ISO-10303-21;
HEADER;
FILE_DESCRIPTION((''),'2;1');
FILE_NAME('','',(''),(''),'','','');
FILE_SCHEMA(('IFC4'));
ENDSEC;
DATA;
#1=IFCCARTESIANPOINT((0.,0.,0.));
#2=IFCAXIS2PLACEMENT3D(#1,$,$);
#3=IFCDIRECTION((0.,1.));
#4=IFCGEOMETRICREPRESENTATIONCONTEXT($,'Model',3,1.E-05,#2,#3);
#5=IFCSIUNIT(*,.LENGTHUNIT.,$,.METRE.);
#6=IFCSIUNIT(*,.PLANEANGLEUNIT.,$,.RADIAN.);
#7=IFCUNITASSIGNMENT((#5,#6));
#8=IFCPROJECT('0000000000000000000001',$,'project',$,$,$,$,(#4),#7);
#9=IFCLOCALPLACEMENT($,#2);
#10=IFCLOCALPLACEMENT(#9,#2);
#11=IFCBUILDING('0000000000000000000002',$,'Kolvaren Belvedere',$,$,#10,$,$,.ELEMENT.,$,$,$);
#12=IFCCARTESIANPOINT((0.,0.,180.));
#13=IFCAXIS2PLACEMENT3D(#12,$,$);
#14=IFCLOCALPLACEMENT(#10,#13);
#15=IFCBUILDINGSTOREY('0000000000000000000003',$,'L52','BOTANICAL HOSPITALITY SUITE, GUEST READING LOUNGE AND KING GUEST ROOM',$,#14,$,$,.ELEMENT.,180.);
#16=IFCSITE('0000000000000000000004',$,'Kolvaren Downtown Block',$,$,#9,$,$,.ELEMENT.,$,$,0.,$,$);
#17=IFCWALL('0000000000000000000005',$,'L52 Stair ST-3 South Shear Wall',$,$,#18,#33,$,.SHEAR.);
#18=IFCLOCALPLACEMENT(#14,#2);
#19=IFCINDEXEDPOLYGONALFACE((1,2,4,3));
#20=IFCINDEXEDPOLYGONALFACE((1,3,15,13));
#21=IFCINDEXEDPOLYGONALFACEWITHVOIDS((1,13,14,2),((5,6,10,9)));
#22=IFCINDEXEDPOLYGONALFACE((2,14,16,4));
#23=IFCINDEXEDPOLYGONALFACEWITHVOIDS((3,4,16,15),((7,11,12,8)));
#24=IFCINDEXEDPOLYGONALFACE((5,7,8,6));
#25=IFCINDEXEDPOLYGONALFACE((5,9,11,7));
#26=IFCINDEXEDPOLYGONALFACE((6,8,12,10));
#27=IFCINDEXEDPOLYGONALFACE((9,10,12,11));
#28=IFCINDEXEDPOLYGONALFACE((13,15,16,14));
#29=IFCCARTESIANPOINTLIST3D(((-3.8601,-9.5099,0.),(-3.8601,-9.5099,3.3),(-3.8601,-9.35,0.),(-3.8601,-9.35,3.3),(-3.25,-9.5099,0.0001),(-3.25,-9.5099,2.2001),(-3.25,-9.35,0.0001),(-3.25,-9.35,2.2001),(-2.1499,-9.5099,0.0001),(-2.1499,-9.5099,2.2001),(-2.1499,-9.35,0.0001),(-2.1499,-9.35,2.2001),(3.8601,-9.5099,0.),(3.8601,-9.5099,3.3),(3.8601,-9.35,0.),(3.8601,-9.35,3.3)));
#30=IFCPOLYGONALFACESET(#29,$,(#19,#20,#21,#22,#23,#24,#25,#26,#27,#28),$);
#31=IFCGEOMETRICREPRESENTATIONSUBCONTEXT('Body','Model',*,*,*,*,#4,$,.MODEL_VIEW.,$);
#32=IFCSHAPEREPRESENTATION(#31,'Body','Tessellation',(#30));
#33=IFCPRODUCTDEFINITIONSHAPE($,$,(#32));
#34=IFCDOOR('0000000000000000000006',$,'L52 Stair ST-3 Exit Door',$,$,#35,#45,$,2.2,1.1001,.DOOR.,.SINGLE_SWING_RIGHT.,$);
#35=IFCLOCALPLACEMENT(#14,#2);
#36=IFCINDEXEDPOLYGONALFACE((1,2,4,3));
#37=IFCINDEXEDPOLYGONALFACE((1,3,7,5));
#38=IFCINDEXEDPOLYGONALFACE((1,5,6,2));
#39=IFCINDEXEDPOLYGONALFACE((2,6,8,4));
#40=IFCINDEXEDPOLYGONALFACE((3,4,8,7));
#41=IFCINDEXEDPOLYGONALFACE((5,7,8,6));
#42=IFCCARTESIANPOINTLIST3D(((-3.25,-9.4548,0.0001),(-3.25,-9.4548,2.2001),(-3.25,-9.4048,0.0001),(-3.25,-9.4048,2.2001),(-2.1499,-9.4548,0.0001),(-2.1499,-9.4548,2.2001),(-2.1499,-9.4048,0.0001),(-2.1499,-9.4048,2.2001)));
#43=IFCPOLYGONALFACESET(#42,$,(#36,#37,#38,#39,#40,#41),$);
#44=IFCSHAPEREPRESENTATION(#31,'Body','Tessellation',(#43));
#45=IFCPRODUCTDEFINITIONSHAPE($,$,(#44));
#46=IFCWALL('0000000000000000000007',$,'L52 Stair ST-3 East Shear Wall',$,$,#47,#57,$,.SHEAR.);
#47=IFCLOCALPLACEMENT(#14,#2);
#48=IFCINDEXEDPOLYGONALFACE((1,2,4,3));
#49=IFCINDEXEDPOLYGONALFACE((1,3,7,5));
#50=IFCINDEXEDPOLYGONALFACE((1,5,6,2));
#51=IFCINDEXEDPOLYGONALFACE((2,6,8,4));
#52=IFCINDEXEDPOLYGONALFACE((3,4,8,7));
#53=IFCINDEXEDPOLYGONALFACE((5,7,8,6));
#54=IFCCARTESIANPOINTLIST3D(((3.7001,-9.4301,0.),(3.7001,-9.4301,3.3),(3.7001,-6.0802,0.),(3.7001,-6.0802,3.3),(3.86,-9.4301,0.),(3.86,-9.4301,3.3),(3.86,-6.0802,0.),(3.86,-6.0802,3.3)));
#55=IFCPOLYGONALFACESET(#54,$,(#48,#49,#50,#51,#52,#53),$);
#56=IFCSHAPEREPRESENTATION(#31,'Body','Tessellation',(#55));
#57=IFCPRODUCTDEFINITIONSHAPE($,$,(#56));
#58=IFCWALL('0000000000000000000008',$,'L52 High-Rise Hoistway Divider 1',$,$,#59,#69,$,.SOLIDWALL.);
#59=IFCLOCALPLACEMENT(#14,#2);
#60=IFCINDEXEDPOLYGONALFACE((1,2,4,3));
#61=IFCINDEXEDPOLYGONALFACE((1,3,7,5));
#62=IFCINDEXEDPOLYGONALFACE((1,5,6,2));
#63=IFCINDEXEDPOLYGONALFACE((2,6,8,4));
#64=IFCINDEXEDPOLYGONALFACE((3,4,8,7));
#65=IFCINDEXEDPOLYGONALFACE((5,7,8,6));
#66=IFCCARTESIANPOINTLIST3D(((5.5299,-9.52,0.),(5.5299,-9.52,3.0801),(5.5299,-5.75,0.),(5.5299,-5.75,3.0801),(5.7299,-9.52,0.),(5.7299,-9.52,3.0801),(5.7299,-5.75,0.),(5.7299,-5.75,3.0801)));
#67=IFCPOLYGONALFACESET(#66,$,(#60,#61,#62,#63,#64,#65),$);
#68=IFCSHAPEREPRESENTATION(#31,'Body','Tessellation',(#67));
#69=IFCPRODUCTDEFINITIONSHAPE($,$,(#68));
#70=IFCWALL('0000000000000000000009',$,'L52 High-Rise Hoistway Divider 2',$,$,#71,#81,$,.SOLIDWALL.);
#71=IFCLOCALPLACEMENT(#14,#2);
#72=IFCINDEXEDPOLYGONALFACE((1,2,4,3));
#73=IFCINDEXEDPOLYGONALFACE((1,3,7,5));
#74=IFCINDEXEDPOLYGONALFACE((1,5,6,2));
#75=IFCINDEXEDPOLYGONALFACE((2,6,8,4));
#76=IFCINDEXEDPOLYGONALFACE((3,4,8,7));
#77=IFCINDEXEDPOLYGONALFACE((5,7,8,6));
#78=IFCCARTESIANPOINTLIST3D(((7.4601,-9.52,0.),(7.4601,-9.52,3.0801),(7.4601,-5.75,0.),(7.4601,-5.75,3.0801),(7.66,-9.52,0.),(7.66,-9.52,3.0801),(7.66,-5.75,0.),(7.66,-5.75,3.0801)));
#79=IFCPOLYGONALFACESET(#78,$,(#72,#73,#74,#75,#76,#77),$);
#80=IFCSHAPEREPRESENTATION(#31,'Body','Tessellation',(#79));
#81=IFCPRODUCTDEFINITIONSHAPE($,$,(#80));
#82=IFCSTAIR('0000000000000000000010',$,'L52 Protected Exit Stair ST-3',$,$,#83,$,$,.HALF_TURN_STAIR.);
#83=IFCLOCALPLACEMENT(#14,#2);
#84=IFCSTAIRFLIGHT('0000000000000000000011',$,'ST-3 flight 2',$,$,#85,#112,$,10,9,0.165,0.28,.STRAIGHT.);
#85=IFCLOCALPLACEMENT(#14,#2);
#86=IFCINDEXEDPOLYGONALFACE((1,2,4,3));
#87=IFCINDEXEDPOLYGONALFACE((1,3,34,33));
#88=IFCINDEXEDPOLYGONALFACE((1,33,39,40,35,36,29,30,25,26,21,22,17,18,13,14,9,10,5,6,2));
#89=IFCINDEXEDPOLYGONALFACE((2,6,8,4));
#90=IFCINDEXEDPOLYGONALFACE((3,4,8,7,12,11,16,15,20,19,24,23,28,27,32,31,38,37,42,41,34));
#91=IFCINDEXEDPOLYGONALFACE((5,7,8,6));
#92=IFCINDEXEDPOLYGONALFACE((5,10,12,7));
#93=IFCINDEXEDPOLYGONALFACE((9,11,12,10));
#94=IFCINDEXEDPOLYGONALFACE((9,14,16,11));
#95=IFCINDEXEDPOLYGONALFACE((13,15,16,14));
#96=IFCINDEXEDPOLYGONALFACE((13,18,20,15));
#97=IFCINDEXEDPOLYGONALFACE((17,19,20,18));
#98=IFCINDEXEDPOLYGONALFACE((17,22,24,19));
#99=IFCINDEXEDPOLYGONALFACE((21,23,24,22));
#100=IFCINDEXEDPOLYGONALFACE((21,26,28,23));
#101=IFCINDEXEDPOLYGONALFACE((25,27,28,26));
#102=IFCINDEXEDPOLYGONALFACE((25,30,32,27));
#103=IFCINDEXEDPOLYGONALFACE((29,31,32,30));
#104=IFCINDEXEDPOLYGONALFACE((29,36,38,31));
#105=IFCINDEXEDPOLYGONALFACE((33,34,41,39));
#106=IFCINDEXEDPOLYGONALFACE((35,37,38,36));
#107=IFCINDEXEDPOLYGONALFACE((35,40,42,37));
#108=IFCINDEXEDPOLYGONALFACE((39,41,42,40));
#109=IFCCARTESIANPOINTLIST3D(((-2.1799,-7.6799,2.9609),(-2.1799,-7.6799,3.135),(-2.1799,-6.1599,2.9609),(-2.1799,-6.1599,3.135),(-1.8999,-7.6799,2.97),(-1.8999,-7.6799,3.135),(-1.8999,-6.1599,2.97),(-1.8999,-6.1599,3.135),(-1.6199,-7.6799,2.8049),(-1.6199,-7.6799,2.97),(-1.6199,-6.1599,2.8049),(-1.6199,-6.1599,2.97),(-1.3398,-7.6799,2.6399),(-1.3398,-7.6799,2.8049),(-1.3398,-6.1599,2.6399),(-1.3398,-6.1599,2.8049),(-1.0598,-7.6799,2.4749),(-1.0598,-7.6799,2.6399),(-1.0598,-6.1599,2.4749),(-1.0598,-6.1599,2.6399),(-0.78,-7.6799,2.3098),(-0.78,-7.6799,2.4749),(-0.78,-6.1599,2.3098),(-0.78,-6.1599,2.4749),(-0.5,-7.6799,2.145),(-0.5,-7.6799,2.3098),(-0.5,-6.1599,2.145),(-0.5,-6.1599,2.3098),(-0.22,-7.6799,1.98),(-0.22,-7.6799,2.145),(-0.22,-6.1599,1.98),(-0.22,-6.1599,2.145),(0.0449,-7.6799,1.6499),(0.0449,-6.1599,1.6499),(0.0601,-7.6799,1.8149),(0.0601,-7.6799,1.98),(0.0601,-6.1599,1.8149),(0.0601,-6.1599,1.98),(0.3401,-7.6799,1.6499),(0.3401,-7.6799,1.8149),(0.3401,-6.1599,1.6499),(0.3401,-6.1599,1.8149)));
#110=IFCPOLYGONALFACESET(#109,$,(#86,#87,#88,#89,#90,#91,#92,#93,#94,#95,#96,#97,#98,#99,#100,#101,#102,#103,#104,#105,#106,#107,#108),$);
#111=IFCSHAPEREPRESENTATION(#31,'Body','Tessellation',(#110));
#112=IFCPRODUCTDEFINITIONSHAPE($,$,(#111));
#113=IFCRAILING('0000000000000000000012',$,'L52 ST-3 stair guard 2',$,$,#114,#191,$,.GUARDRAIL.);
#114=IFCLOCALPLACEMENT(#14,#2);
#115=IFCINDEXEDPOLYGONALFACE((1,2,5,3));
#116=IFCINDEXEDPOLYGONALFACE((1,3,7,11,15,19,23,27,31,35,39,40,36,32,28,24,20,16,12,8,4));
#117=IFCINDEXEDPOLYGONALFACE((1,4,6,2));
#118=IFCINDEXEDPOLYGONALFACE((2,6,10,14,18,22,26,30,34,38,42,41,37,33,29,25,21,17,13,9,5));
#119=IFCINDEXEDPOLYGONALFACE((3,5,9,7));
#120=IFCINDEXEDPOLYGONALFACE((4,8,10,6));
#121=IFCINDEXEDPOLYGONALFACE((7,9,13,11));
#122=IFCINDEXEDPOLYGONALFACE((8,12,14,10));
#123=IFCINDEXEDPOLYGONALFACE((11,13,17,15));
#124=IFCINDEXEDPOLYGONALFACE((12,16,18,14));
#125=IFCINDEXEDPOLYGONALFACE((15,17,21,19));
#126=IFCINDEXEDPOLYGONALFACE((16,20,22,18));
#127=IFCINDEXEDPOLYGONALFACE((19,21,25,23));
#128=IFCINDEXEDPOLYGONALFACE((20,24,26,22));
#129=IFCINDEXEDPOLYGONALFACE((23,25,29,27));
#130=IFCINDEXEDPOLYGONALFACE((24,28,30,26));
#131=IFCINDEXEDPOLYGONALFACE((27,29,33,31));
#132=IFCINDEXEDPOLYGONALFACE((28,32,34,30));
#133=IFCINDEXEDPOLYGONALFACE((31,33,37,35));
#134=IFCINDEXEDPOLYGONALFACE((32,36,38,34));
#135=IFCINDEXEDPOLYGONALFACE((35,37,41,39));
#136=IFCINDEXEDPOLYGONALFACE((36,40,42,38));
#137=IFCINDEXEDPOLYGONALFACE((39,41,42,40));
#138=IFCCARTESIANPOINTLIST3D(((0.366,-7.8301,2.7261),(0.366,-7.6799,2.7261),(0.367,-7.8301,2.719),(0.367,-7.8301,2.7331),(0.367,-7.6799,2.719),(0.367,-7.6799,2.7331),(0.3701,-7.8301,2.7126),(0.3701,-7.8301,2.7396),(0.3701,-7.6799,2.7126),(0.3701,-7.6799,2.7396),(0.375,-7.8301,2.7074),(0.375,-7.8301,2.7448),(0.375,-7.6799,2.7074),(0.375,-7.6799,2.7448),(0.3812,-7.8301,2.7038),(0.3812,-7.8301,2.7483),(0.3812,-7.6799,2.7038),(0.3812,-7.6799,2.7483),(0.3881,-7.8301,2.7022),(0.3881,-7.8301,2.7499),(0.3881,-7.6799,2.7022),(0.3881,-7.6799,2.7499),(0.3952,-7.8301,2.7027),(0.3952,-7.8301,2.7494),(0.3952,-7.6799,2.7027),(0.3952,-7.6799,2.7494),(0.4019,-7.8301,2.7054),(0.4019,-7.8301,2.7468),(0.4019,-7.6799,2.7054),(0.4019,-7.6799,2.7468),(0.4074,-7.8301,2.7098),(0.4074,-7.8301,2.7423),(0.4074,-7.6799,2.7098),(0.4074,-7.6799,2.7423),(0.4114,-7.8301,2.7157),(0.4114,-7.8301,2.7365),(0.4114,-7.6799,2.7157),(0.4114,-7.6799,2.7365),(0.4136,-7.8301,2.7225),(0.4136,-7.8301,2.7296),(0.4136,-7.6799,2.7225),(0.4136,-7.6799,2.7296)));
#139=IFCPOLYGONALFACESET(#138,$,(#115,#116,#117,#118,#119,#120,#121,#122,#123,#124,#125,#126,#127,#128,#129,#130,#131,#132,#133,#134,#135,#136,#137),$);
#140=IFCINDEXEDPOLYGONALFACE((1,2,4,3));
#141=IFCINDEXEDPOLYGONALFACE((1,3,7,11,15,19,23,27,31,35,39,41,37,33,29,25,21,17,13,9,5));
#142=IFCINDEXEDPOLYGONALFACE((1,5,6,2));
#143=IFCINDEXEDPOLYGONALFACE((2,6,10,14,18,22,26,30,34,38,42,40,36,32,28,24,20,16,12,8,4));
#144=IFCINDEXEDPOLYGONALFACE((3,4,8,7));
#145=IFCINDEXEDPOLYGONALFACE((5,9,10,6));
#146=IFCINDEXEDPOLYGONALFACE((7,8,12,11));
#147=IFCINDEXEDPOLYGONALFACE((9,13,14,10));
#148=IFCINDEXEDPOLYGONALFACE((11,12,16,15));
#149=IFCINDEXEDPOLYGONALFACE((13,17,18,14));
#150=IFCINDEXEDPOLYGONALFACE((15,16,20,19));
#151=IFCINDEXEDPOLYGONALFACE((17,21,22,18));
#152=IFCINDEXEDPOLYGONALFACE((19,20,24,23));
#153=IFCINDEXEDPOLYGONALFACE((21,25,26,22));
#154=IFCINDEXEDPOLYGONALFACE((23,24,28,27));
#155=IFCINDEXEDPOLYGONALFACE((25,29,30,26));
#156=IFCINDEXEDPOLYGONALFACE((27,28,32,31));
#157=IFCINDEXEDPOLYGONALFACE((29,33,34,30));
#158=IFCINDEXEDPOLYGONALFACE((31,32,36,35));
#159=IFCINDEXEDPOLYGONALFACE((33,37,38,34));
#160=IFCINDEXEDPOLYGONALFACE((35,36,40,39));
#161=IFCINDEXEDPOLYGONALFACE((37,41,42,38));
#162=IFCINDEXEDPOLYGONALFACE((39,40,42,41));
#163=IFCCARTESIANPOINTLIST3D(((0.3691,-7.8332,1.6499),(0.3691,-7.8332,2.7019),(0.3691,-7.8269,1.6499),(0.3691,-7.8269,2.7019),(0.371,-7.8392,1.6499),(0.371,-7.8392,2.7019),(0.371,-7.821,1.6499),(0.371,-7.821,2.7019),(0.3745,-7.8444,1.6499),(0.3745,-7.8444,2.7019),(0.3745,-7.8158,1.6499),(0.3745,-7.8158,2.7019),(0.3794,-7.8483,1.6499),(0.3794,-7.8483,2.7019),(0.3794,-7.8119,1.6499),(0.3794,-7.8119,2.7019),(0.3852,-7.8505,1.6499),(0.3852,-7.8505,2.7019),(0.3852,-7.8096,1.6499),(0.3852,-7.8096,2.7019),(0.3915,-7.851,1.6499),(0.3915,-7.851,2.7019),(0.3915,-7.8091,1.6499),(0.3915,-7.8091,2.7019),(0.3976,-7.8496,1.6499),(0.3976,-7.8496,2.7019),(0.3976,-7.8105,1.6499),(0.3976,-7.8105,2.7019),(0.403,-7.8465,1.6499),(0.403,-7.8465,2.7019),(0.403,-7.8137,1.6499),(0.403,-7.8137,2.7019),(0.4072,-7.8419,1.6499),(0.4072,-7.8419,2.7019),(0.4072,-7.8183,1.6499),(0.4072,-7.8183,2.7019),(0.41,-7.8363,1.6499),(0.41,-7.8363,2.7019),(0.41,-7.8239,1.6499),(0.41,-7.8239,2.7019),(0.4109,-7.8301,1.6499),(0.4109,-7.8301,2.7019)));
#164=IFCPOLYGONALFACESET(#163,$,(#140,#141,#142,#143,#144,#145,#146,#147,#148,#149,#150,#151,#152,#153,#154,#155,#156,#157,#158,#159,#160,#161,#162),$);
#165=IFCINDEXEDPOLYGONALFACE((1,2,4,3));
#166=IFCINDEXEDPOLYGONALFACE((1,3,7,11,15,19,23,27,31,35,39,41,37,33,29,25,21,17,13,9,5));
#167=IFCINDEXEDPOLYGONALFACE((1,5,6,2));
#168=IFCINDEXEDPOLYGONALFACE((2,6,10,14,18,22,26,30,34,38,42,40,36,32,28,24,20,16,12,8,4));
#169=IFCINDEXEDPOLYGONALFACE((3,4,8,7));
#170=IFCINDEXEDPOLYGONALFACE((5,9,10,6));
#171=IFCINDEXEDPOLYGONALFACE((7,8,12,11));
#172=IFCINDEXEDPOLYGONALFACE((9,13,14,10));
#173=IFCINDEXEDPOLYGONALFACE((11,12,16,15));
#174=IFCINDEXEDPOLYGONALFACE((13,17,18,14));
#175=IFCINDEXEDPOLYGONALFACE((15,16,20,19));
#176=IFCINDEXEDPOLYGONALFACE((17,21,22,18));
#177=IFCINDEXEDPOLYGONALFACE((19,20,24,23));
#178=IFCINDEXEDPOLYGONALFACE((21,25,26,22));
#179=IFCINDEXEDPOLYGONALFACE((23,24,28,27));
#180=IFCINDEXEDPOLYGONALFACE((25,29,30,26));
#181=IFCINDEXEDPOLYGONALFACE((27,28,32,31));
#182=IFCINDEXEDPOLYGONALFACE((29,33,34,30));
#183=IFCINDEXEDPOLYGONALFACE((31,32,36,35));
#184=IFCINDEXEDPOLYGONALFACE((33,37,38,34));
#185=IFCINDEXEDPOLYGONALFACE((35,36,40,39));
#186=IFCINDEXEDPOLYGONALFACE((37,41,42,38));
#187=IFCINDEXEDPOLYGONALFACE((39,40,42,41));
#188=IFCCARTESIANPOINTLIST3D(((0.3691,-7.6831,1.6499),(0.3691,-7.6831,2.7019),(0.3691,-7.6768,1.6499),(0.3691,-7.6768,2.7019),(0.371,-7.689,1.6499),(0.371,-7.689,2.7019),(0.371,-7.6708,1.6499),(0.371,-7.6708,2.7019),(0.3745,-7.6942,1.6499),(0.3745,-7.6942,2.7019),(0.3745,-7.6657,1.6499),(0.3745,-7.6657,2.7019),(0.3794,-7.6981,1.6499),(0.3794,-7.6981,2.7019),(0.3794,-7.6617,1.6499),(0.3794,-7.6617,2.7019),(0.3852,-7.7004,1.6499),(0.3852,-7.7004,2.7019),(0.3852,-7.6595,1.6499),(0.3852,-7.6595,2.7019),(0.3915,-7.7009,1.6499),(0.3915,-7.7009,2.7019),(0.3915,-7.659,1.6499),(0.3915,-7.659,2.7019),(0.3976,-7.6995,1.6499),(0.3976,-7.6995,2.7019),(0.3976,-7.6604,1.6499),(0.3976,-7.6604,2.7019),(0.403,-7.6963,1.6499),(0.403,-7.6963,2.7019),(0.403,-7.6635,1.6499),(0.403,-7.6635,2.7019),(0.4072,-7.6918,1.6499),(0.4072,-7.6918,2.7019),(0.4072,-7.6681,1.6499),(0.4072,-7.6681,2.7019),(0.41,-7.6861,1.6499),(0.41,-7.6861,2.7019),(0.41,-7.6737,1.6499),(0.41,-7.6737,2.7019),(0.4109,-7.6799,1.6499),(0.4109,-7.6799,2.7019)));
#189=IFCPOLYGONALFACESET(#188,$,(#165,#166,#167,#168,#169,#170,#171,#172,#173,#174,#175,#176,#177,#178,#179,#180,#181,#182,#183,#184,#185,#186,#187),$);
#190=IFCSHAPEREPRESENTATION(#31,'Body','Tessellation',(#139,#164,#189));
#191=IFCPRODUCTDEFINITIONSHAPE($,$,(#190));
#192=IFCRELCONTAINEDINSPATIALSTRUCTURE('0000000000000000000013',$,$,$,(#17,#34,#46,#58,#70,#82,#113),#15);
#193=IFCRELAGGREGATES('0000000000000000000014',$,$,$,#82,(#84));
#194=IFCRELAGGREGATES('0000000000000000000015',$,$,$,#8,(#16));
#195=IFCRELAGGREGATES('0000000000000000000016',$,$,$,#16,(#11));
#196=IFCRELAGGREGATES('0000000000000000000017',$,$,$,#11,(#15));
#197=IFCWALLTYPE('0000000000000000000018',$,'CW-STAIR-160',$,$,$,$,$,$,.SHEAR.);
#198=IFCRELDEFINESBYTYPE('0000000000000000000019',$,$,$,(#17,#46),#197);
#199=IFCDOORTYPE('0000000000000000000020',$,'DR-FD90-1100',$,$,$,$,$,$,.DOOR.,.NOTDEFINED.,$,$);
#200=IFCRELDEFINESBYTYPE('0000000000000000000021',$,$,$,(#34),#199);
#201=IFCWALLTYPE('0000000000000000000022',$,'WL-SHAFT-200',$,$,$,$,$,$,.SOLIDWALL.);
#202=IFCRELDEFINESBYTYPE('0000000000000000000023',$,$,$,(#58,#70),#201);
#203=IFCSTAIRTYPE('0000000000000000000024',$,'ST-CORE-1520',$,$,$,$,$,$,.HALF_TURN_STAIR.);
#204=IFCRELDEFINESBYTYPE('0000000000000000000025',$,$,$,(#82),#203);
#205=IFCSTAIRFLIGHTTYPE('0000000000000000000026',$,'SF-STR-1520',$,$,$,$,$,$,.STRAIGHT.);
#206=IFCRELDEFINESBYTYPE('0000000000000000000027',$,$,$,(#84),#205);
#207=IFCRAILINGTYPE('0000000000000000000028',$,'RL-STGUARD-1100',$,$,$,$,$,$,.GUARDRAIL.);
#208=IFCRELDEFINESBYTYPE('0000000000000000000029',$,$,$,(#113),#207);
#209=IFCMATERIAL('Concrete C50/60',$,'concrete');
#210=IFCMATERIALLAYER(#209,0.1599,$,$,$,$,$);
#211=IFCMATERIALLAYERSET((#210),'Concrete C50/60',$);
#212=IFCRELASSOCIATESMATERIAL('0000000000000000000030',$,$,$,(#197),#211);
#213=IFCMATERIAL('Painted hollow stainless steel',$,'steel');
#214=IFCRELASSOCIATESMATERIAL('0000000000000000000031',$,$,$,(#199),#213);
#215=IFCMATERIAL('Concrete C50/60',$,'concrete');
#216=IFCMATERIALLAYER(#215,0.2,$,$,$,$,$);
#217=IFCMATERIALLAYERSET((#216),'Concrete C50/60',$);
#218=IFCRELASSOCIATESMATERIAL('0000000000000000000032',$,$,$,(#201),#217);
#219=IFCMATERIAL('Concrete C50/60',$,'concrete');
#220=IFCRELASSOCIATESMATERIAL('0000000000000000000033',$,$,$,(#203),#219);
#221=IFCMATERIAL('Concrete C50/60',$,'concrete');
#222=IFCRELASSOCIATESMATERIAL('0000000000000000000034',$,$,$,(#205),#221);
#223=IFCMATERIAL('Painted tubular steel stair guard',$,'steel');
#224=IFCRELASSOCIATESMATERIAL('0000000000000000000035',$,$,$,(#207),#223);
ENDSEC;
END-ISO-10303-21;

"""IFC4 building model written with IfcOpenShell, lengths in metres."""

from ifc_helpers import new_model, si_unit, direction, frame, frame_2d, origin, origin_2d, place, context, subcontext, project, spatial, polyline, rectangle, circle, outline, extrude, material, layer, layer_set, type_object, element, fill, aggregate, save


model = new_model("IFC4")

# Units and contexts
model_context = context("Model", 3, precision=1e-05, world=origin(), true_north=direction((0.0, 1.0)))
body_context = subcontext(model_context, "Body", "Model", "MODEL_VIEW")
ifc_project = project(units=[si_unit("LENGTHUNIT", "METRE"), si_unit("PLANEANGLEUNIT", "RADIAN")], contexts=[model_context])

# Site, building, storey
site_placement = place(None, origin())
site = spatial("IfcSite", under=ifc_project, at=site_placement, Name="Kolvaren Downtown Block", CompositionType="ELEMENT", RefElevation=0.0)
building_placement = place(site_placement, origin())
building = spatial("IfcBuilding", under=site, at=building_placement, Name="Kolvaren Belvedere", CompositionType="ELEMENT")
storey_placement = place(building_placement, frame((0.0, 0.0, 180.0)))
storey = spatial("IfcBuildingStorey", under=building, at=storey_placement, Name="L52", Description="BOTANICAL HOSPITALITY SUITE, GUEST READING LOUNGE AND KING GUEST ROOM", CompositionType="ELEMENT", Elevation=180.0)

# Wall, opening, door
ifc_material_1 = material(Name="Concrete C50/60", Category="concrete")
ifc_layer_1 = layer(ifc_material_1, 0.1599)
ifc_layer_set_1 = layer_set([ifc_layer_1], Name="Concrete C50/60")
wall_type_1 = type_object("IfcWallType", Name="CW-STAIR-160", PredefinedType="SHEAR", material=ifc_layer_set_1)
wall_1_placement = place(storey_placement, frame((3.8601, -9.4299, 0.0), z_axis=(0.0, 0.0, 1.0), x_axis=(-1.0, 0.0, 0.0)))
wall_1 = element("IfcWall", 1, at=wall_1_placement, inside=storey, type_object=wall_type_1, Name="L52 Stair ST-3 South Shear Wall", PredefinedType="SHEAR", context=body_context, shape_type="SweptSolid", body=[
    extrude(rectangle(XDim=7.7202, YDim=0.1599, at=frame_2d((3.8601, 0.0))), origin(), (0.0, 0.0, 1.0), 3.3),
])
opening_placement = place(wall_1_placement, frame((6.01, 0.0, 0.0)))
opening = element("IfcOpeningElement", 2, at=opening_placement, cuts=wall_1, PredefinedType="OPENING", context=body_context, shape_type="SweptSolid", body=[
    extrude(rectangle(XDim=1.1001, YDim=2.2, at=frame_2d((0.55, 1.1001))), frame((0.0, 0.0898, 0.0), z_axis=(0.0, -1.0, 0.0), x_axis=(1.0, 0.0, 0.0)), (0.0, 0.0, 1.0), 0.1799),
])
ifc_material_2 = material(Name="Painted hollow stainless steel", Category="steel")
door_type = type_object("IfcDoorType", Name="DR-FD90-1100", OperationType="NOTDEFINED", PredefinedType="DOOR", material=ifc_material_2)
door_placement = place(opening_placement, origin())
door = element("IfcDoor", 3, at=door_placement, inside=storey, type_object=door_type, Name="L52 Stair ST-3 Exit Door", OperationType="SINGLE_SWING_RIGHT", OverallHeight=2.2, OverallWidth=1.1001, PredefinedType="DOOR", context=body_context, shape_type="SweptSolid", body=[
    extrude(rectangle(XDim=1.1001, YDim=2.2, at=frame_2d((0.55, 1.1001))), frame((0.0, 0.0249, 0.0), z_axis=(0.0, -1.0, 0.0), x_axis=(1.0, 0.0, 0.0)), (0.0, 0.0, 1.0), 0.05),
])
fill(opening, door)

# Walls
wall_2_placement = place(storey_placement, frame((3.78, -9.4299, 0.0), z_axis=(0.0, 0.0, 1.0), x_axis=(0.0, 1.0, 0.0)))
element("IfcWall", 4, at=wall_2_placement, inside=storey, type_object=wall_type_1, Name="L52 Stair ST-3 East Shear Wall", PredefinedType="SHEAR", context=body_context, shape_type="SweptSolid", body=[
    extrude(rectangle(XDim=3.3499, YDim=0.1599, at=frame_2d((1.6748, 0.0))), origin(), (0.0, 0.0, 1.0), 3.3),
])
ifc_material_3 = material(Name="Concrete C50/60", Category="concrete")
ifc_layer_2 = layer(ifc_material_3, 0.2)
ifc_layer_set_2 = layer_set([ifc_layer_2], Name="Concrete C50/60")
wall_type_2 = type_object("IfcWallType", Name="WL-SHAFT-200", PredefinedType="SOLIDWALL", material=ifc_layer_set_2)
for number, where, z_axis, x_axis, name in (
    (5, (5.6299, -9.52, 0.0), (0.0, 0.0, 1.0), (0.0, 1.0, 0.0), "L52 High-Rise Hoistway Divider 1"),
    (6, (7.5601, -9.52, 0.0), (0.0, 0.0, 1.0), (0.0, 1.0, 0.0), "L52 High-Rise Hoistway Divider 2"),
):
    element("IfcWall", number, at=place(storey_placement, frame(where, z_axis=z_axis, x_axis=x_axis)), inside=storey, type_object=wall_type_2, Name=name, PredefinedType="SOLIDWALL", context=body_context, shape_type="SweptSolid", body=[
        extrude(rectangle(XDim=3.77, YDim=0.2, at=frame_2d((1.885, 0.0))), origin(), (0.0, 0.0, 1.0), 3.0801),
    ])

# Stair, stair flight
ifc_material_4 = material(Name="Concrete C50/60", Category="concrete")
stair_type = type_object("IfcStairType", Name="ST-CORE-1520", PredefinedType="HALF_TURN_STAIR", material=ifc_material_4)
stair_placement = place(storey_placement, origin())
stair = element("IfcStair", 7, at=stair_placement, inside=storey, type_object=stair_type, Name="L52 Protected Exit Stair ST-3", PredefinedType="HALF_TURN_STAIR")
ifc_material_5 = material(Name="Concrete C50/60", Category="concrete")
stair_flight_type = type_object("IfcStairFlightType", Name="SF-STR-1520", PredefinedType="STRAIGHT", material=ifc_material_5)
stair_flight_placement = place(storey_placement, frame((0.3401, -6.9199, 1.6499), z_axis=(0.0, 0.0, 1.0), x_axis=(-1.0, 0.0, 0.0)))
stair_flight = element("IfcStairFlight", 8, at=stair_flight_placement, type_object=stair_flight_type, Name="ST-3 flight 2", NumberOfRisers=10, NumberOfTreads=9, PredefinedType="STRAIGHT", RiserHeight=0.165, TreadLength=0.28, context=body_context, shape_type="SweptSolid", body=[
    extrude(outline(polyline([(0.0, 0.0), (0.0, 0.165), (0.28, 0.165), (0.28, 0.3301), (0.5601, 0.3301), (0.5601, 0.4951), (0.8401, 0.4951), (0.8401, 0.6599), (1.1201, 0.6599), (1.1201, 0.825), (1.3999, 0.825), (1.3999, 0.99), (1.6799, 0.99), (1.6799, 1.155), (1.96, 1.155), (1.96, 1.3201), (2.24, 1.3201), (2.24, 1.4851), (2.52, 1.4851), (2.52, 1.6499), (2.52, 1.311), (0.2952, 0.0), (0.0, 0.0)])), frame((0.0, 0.76, 0.0), z_axis=(0.0, -1.0, 0.0), x_axis=(1.0, 0.0, 0.0)), (0.0, 0.0, 1.0), 1.52),
])
aggregate(stair, [stair_flight])

# Railing
ifc_material_6 = material(Name="Painted tubular steel stair guard", Category="steel")
railing_type = type_object("IfcRailingType", Name="RL-STGUARD-1100", PredefinedType="GUARDRAIL", material=ifc_material_6)
railing_1_placement = place(storey_placement, frame((0.3899, -7.8301, 1.6499)))
element("IfcRailing", 9, at=railing_1_placement, inside=storey, type_object=railing_type, Name="L52 ST-3 stair guard 2", PredefinedType="GUARDRAIL", context=body_context, shape_type="SweptSolid", body=[
    extrude(circle(Radius=0.0239, at=origin_2d()), frame((0.0, 0.0, 1.0762), z_axis=(0.0, 1.0, 0.0), x_axis=(-1.0, 0.0, 0.0)), (0.0, 0.0, 1.0), 0.1501),
    extrude(circle(Radius=0.021, at=origin_2d()), origin(), (0.0, 0.0, 1.0), 1.052),
    extrude(circle(Radius=0.021, at=origin_2d()), frame((0.0, 0.1501, 0.0)), (0.0, 0.0, 1.0), 1.052),
])

save(model, "model.ifc")
